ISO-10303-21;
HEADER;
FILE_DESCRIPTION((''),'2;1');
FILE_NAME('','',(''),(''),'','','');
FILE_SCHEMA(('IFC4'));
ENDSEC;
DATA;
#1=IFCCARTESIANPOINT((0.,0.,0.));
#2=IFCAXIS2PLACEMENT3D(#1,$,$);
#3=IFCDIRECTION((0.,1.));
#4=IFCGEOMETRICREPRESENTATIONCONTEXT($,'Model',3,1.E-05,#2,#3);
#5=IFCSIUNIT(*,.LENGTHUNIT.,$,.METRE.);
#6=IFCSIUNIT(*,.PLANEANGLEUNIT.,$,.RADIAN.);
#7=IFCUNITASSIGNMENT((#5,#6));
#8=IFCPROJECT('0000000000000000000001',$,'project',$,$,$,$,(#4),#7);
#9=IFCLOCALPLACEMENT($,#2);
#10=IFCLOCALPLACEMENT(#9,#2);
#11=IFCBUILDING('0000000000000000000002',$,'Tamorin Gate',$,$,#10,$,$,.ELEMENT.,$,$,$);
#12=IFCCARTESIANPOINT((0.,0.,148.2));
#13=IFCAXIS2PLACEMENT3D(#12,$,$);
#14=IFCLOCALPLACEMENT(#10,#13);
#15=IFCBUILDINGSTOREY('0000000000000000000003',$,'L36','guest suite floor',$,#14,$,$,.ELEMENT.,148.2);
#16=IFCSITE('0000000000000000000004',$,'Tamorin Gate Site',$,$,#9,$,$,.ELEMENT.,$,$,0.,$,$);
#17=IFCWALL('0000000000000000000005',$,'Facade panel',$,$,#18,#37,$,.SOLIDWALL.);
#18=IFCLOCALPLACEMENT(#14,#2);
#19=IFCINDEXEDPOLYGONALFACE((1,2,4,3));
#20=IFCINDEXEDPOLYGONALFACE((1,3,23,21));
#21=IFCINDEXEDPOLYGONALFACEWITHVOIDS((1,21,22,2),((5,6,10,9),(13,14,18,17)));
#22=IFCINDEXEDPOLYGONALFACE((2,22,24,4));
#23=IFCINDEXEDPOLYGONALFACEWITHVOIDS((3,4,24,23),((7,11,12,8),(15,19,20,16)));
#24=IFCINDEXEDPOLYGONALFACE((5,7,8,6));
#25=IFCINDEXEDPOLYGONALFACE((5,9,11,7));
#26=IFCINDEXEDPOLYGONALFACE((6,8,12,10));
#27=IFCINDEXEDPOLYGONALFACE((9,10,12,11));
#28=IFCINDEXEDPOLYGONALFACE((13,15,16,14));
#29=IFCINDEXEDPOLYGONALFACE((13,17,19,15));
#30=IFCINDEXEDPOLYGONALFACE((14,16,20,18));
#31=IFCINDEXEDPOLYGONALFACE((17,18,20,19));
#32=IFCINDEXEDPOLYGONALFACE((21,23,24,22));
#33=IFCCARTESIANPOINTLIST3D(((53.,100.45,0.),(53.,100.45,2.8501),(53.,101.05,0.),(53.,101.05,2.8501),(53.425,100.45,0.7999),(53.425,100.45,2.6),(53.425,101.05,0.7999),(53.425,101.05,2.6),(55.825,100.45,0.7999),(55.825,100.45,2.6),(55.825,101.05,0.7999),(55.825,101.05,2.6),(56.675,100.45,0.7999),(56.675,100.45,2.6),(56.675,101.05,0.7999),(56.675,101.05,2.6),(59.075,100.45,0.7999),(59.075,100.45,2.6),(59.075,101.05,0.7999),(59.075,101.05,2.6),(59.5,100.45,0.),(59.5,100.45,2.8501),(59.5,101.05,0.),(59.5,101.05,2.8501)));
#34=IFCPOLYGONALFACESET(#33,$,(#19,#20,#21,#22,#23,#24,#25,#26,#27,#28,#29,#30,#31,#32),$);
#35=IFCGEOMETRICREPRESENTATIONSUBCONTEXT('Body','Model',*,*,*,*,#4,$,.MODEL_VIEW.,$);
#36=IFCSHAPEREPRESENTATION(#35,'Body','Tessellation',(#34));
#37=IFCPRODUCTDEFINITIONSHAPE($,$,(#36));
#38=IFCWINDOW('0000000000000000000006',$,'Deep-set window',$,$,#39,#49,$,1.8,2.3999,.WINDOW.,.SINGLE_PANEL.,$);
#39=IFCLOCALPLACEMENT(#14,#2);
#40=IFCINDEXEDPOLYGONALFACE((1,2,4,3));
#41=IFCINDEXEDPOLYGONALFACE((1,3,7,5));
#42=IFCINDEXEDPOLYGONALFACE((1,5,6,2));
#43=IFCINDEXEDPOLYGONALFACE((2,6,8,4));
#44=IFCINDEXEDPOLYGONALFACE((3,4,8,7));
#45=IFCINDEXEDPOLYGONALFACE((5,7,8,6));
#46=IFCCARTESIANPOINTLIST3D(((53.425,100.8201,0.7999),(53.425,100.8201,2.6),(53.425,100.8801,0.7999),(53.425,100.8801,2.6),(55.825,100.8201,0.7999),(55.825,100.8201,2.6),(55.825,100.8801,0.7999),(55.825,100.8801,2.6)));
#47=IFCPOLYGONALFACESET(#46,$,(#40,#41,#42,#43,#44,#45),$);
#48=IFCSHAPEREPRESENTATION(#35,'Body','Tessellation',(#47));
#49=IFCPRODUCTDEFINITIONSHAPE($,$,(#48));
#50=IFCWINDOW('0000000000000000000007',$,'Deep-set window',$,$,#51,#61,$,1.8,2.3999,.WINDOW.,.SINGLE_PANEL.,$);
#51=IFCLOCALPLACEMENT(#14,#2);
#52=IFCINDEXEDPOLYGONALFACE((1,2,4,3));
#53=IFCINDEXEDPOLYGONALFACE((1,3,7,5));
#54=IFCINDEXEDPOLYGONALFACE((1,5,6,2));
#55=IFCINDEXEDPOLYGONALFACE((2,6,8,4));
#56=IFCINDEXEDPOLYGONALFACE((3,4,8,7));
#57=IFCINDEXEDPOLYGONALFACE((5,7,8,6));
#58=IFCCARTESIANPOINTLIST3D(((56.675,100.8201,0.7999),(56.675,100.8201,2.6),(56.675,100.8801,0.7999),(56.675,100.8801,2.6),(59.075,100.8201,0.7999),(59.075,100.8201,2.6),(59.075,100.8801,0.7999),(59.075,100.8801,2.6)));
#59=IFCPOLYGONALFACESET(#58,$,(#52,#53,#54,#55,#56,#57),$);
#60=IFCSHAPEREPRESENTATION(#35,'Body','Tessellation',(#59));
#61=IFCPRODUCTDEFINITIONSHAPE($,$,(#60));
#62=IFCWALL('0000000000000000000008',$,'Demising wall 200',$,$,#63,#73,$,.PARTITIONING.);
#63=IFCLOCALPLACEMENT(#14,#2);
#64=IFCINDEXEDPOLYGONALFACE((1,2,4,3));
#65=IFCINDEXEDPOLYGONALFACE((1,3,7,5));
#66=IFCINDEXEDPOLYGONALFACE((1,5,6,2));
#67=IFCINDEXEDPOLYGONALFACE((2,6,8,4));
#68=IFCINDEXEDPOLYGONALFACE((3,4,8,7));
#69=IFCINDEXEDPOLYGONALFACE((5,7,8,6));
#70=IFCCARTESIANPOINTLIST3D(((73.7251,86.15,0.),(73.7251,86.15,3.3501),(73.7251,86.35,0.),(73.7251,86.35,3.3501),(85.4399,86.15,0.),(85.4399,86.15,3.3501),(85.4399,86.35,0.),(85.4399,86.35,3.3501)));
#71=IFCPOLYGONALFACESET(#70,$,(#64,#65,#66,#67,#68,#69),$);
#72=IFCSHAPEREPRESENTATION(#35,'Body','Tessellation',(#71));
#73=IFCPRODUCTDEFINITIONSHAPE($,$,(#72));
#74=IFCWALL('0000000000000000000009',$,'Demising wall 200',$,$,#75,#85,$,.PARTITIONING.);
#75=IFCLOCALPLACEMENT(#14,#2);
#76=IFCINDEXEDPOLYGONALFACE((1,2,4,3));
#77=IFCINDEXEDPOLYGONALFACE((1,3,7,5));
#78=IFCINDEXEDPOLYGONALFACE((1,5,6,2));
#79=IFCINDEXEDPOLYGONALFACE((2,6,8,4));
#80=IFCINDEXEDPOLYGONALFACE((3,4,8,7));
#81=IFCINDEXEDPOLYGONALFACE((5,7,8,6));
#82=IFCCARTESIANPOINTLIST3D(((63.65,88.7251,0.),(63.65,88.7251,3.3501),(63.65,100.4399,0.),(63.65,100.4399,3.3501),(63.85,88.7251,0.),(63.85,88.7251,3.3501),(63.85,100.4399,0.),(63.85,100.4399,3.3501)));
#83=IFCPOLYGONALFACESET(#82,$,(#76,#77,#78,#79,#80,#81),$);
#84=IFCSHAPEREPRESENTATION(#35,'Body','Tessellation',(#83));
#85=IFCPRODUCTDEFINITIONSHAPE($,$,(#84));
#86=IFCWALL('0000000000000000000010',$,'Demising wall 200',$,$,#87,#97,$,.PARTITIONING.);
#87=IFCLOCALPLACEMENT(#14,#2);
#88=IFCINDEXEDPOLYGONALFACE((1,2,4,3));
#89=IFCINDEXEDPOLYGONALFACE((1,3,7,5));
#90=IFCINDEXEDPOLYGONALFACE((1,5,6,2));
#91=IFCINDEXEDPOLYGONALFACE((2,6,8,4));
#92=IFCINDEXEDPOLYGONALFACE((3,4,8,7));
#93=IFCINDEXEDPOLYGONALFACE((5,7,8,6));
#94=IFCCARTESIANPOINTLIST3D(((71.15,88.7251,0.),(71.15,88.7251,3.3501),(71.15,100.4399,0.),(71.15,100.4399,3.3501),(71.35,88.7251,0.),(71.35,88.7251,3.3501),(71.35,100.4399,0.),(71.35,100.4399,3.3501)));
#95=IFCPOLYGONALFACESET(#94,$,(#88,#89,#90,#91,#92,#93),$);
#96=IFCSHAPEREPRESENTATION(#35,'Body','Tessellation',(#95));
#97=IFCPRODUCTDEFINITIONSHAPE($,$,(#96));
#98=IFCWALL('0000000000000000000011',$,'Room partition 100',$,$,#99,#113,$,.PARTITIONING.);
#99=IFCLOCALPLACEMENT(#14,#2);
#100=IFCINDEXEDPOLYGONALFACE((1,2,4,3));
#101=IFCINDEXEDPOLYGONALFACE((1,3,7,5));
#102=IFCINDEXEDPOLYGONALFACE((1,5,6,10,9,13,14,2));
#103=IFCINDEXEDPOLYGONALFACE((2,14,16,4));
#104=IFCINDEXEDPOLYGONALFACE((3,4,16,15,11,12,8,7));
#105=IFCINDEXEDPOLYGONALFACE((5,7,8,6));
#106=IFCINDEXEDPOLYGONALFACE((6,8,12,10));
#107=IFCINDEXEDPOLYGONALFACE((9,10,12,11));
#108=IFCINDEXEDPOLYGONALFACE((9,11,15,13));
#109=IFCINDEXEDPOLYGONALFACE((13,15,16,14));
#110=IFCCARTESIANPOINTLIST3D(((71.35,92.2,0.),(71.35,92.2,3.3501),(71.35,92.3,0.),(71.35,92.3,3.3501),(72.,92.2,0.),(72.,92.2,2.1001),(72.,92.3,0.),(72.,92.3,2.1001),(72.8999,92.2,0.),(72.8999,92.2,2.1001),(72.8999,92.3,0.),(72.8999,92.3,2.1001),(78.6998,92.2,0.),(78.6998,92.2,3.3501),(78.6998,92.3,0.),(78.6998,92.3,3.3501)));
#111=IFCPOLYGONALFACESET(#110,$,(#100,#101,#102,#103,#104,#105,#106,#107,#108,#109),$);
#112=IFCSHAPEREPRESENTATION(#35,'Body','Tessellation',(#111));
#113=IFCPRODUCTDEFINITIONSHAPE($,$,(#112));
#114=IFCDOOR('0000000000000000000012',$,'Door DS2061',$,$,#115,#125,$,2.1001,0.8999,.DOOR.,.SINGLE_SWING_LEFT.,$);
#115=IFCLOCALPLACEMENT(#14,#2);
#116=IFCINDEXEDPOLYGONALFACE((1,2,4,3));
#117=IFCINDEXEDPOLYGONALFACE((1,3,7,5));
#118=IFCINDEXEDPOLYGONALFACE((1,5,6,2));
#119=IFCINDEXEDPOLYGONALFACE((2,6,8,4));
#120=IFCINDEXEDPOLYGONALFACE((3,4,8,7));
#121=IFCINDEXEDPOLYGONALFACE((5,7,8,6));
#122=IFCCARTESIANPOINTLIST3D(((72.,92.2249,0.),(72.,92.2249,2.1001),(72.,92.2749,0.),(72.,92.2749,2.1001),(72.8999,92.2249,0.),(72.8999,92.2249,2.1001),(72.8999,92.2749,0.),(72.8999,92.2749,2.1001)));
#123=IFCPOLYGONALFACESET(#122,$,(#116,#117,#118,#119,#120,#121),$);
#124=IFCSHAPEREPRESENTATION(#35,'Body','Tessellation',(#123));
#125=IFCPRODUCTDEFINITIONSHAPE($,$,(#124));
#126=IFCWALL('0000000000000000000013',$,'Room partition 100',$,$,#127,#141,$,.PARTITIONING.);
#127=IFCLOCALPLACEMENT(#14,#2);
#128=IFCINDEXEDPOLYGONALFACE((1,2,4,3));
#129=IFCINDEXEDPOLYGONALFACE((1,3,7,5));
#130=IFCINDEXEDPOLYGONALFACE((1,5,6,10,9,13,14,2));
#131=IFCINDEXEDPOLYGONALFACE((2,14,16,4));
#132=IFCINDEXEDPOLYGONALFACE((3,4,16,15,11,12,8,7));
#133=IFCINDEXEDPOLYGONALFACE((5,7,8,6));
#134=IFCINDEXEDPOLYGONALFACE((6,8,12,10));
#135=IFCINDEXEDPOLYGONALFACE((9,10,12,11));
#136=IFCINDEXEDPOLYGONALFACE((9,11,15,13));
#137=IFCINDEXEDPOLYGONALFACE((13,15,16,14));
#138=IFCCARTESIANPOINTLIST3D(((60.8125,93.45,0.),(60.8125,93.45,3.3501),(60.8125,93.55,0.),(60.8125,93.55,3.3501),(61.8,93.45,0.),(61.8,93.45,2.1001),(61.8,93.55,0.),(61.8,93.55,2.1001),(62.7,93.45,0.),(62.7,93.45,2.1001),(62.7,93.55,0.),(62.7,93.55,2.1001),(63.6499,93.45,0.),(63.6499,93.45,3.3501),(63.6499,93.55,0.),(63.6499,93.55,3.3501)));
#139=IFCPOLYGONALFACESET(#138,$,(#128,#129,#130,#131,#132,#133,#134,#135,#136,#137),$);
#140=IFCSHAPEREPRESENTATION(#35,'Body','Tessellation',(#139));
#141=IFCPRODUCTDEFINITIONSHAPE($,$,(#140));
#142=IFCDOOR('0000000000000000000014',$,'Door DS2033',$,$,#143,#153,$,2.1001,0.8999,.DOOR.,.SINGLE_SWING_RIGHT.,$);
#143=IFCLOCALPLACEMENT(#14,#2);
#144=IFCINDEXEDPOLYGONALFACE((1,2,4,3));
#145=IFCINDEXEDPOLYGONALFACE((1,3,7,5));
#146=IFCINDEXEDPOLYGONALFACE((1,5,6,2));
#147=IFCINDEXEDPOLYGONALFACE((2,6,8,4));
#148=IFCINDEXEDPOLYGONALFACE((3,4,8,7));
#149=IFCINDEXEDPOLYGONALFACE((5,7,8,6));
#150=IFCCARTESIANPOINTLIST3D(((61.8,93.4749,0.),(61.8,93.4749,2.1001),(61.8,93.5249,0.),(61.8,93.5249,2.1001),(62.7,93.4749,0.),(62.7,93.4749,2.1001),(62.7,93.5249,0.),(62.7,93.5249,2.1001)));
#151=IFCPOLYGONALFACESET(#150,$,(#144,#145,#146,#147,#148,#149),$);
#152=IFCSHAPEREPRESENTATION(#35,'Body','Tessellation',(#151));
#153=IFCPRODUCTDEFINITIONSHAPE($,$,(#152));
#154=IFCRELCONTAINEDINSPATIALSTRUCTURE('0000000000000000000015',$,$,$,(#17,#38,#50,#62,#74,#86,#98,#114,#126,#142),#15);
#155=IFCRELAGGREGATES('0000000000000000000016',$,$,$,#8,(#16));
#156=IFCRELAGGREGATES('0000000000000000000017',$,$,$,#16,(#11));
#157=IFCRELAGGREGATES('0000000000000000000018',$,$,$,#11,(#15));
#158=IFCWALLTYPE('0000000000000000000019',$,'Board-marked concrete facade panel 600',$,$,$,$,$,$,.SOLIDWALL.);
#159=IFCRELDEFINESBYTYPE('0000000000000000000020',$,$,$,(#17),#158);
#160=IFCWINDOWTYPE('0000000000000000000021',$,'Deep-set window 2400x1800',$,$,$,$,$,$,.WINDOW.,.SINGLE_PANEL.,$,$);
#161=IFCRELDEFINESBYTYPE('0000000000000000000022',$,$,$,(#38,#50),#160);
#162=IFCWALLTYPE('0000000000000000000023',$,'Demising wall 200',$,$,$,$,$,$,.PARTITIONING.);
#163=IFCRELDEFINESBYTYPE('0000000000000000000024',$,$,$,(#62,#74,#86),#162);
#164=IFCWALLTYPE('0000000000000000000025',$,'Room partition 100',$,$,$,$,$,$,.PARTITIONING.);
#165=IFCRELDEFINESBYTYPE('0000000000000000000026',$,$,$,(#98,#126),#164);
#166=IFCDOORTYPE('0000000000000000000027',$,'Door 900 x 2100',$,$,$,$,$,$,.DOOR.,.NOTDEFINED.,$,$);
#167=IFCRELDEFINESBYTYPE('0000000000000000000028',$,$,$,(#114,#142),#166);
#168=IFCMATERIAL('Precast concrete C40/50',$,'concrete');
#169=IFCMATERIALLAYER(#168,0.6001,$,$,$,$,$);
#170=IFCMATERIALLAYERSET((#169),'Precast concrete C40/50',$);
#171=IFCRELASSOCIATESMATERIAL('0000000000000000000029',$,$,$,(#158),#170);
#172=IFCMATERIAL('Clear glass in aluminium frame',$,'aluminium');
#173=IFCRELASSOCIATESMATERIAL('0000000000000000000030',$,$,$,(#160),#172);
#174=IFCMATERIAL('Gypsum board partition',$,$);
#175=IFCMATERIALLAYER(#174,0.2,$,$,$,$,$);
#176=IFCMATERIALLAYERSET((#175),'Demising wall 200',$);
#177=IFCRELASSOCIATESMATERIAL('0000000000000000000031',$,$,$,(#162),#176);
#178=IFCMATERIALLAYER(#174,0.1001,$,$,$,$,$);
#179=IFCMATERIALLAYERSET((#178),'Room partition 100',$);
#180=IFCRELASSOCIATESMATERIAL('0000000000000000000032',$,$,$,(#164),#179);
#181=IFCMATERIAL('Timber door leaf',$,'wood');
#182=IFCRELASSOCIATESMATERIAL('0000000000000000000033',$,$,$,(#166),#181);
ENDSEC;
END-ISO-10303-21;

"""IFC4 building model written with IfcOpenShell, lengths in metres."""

from ifc_helpers import new_model, si_unit, direction, frame, frame_2d, origin, place, context, subcontext, project, spatial, rectangle, extrude, material, layer, layer_set, type_object, element, fill, save


model = new_model("IFC4")

# Units and contexts
model_context = context("Model", 3, precision=1e-05, world=origin(), true_north=direction((0.0, 1.0)))
body_context = subcontext(model_context, "Body", "Model", "MODEL_VIEW")
ifc_project = project(units=[si_unit("LENGTHUNIT", "METRE"), si_unit("PLANEANGLEUNIT", "RADIAN")], contexts=[model_context])

# Site, building, storey
site_placement = place(None, origin())
site = spatial("IfcSite", under=ifc_project, at=site_placement, Name="Tamorin Gate Site", CompositionType="ELEMENT", RefElevation=0.0)
building_placement = place(site_placement, origin())
building = spatial("IfcBuilding", under=site, at=building_placement, Name="Tamorin Gate", CompositionType="ELEMENT")
storey_placement = place(building_placement, frame((0.0, 0.0, 148.2)))
storey = spatial("IfcBuildingStorey", under=building, at=storey_placement, Name="L36", Description="guest suite floor", CompositionType="ELEMENT", Elevation=148.2)

# Wall, openings, windows
ifc_material_1 = material(Name="Precast concrete C40/50", Category="concrete")
ifc_layer_1 = layer(ifc_material_1, 0.6001)
ifc_layer_set_1 = layer_set([ifc_layer_1], Name="Precast concrete C40/50")
wall_type_1 = type_object("IfcWallType", Name="Board-marked concrete facade panel 600", PredefinedType="SOLIDWALL", material=ifc_layer_set_1)
ifc_material_2 = material(Name="Clear glass in aluminium frame", Category="aluminium")
window_type = type_object("IfcWindowType", Name="Deep-set window 2400x1800", PartitioningType="SINGLE_PANEL", PredefinedType="WINDOW", material=ifc_material_2)
wall_1_placement = place(storey_placement, frame((59.5, 100.75, 0.0), z_axis=(0.0, 0.0, 1.0), x_axis=(-1.0, 0.0, 0.0)))
wall_1 = element("IfcWall", 1, at=wall_1_placement, inside=storey, type_object=wall_type_1, Name="Facade panel", PredefinedType="SOLIDWALL", context=body_context, shape_type="SweptSolid", body=[
    extrude(rectangle(XDim=6.5, YDim=0.6001, at=frame_2d((3.25, 0.0))), origin(), (0.0, 0.0, 1.0), 2.8501),
])
opening_1_placement = place(wall_1_placement, frame((3.675, 0.0, 0.8)))
opening_1 = element("IfcOpeningElement", 2, at=opening_1_placement, cuts=wall_1, PredefinedType="OPENING", context=body_context, shape_type="SweptSolid", body=[
    extrude(rectangle(XDim=2.3999, YDim=1.8, at=frame_2d((1.2, 0.8999))), frame((0.0, 0.3101, 0.0), z_axis=(0.0, -1.0, 0.0), x_axis=(1.0, 0.0, 0.0)), (0.0, 0.0, 1.0), 0.6201),
])
opening_2_placement = place(wall_1_placement, frame((0.425, 0.0, 0.8)))
opening_2 = element("IfcOpeningElement", 3, at=opening_2_placement, cuts=wall_1, PredefinedType="OPENING", context=body_context, shape_type="SweptSolid", body=[
    extrude(rectangle(XDim=2.3999, YDim=1.8, at=frame_2d((1.2, 0.8999))), frame((0.0, 0.3101, 0.0), z_axis=(0.0, -1.0, 0.0), x_axis=(1.0, 0.0, 0.0)), (0.0, 0.0, 1.0), 0.6201),
])
window_1_placement = place(opening_1_placement, origin())
window_1 = element("IfcWindow", 4, at=window_1_placement, inside=storey, type_object=window_type, Name="Deep-set window", OverallHeight=1.8, OverallWidth=2.3999, PartitioningType="SINGLE_PANEL", PredefinedType="WINDOW", context=body_context, shape_type="SweptSolid", body=[
    extrude(rectangle(XDim=2.3999, YDim=1.8, at=frame_2d((1.2, 0.8999))), frame((0.0, -0.0701, 0.0), z_axis=(0.0, -1.0, 0.0), x_axis=(1.0, 0.0, 0.0)), (0.0, 0.0, 1.0), 0.0601),
])
fill(opening_1, window_1)
window_2_placement = place(opening_2_placement, origin())
window_2 = element("IfcWindow", 5, at=window_2_placement, inside=storey, type_object=window_type, Name="Deep-set window", OverallHeight=1.8, OverallWidth=2.3999, PartitioningType="SINGLE_PANEL", PredefinedType="WINDOW", context=body_context, shape_type="SweptSolid", body=[
    extrude(rectangle(XDim=2.3999, YDim=1.8, at=frame_2d((1.2, 0.8999))), frame((0.0, -0.0701, 0.0), z_axis=(0.0, -1.0, 0.0), x_axis=(1.0, 0.0, 0.0)), (0.0, 0.0, 1.0), 0.0601),
])
fill(opening_2, window_2)

# Walls
ifc_material_3 = material(Name="Gypsum board partition")
ifc_layer_2 = layer(ifc_material_3, 0.2)
ifc_layer_set_2 = layer_set([ifc_layer_2], Name="Demising wall 200")
wall_type_2 = type_object("IfcWallType", Name="Demising wall 200", PredefinedType="PARTITIONING", material=ifc_layer_set_2)
for number, where, z_axis, x_axis, name in (
    (6, (73.7251, 86.25, 0.0), (0.0, 0.0, 1.0), (1.0, 0.0, 0.0), "Demising wall 200"),
    (7, (63.75, 88.7251, 0.0), (0.0, 0.0, 1.0), (0.0, 1.0, 0.0), "Demising wall 200"),
    (8, (71.25, 88.7251, 0.0), (0.0, 0.0, 1.0), (0.0, 1.0, 0.0), "Demising wall 200"),
):
    element("IfcWall", number, at=place(storey_placement, frame(where, z_axis=z_axis, x_axis=x_axis)), inside=storey, type_object=wall_type_2, Name=name, PredefinedType="PARTITIONING", context=body_context, shape_type="SweptSolid", body=[
        extrude(rectangle(XDim=11.7148, YDim=0.2, at=frame_2d((5.8574, 0.0))), origin(), (0.0, 0.0, 1.0), 3.3501),
    ])

# Walls, openings, doors
ifc_layer_3 = layer(ifc_material_3, 0.1001)
ifc_layer_set_3 = layer_set([ifc_layer_3], Name="Room partition 100")
wall_type_3 = type_object("IfcWallType", Name="Room partition 100", PredefinedType="PARTITIONING", material=ifc_layer_set_3)
wall_2_placement = place(storey_placement, frame((71.3501, 92.25, 0.0), z_axis=(0.0, 0.0, 1.0), x_axis=(1.0, 0.0, 0.0)))
wall_2 = element("IfcWall", 9, at=wall_2_placement, inside=storey, type_object=wall_type_3, Name="Room partition 100", PredefinedType="PARTITIONING", context=body_context, shape_type="SweptSolid", body=[
    extrude(rectangle(XDim=7.3499, YDim=0.1001, at=frame_2d((3.6748, 0.0))), origin(), (0.0, 0.0, 1.0), 3.3501),
])
opening_3_placement = place(wall_2_placement, frame((0.6499, 0.0, 0.0)))
opening_3 = element("IfcOpeningElement", 10, at=opening_3_placement, cuts=wall_2, PredefinedType="OPENING", context=body_context, shape_type="SweptSolid", body=[
    extrude(rectangle(XDim=0.8999, YDim=2.1001, at=frame_2d((0.45, 1.05))), frame((0.0, 0.0601, 0.0), z_axis=(0.0, -1.0, 0.0), x_axis=(1.0, 0.0, 0.0)), (0.0, 0.0, 1.0), 0.1201),
])
ifc_material_4 = material(Name="Timber door leaf", Category="wood")
door_type = type_object("IfcDoorType", Name="Door 900 x 2100", OperationType="NOTDEFINED", PredefinedType="DOOR", material=ifc_material_4)
door_1_placement = place(opening_3_placement, origin())
door_1 = element("IfcDoor", 11, at=door_1_placement, inside=storey, type_object=door_type, Name="Door DS2061", OperationType="SINGLE_SWING_LEFT", OverallHeight=2.1001, OverallWidth=0.8999, PredefinedType="DOOR", context=body_context, shape_type="SweptSolid", body=[
    extrude(rectangle(XDim=0.8999, YDim=2.1001, at=frame_2d((0.45, 1.05))), frame((0.0, 0.0249, 0.0), z_axis=(0.0, -1.0, 0.0), x_axis=(1.0, 0.0, 0.0)), (0.0, 0.0, 1.0), 0.05),
])
fill(opening_3, door_1)
wall_3_placement = place(storey_placement, frame((60.8125, 93.5, 0.0), z_axis=(0.0, 0.0, 1.0), x_axis=(1.0, 0.0, 0.0)))
wall_3 = element("IfcWall", 12, at=wall_3_placement, inside=storey, type_object=wall_type_3, Name="Room partition 100", PredefinedType="PARTITIONING", context=body_context, shape_type="SweptSolid", body=[
    extrude(rectangle(XDim=2.8374, YDim=0.1001, at=frame_2d((1.4187, 0.0))), origin(), (0.0, 0.0, 1.0), 3.3501),
])
opening_4_placement = place(wall_3_placement, frame((0.9875, 0.0, 0.0)))
opening_4 = element("IfcOpeningElement", 13, at=opening_4_placement, cuts=wall_3, PredefinedType="OPENING", context=body_context, shape_type="SweptSolid", body=[
    extrude(rectangle(XDim=0.8999, YDim=2.1001, at=frame_2d((0.45, 1.05))), frame((0.0, 0.0601, 0.0), z_axis=(0.0, -1.0, 0.0), x_axis=(1.0, 0.0, 0.0)), (0.0, 0.0, 1.0), 0.1201),
])
door_2_placement = place(opening_4_placement, origin())
door_2 = element("IfcDoor", 14, at=door_2_placement, inside=storey, type_object=door_type, Name="Door DS2033", OperationType="SINGLE_SWING_RIGHT", OverallHeight=2.1001, OverallWidth=0.8999, PredefinedType="DOOR", context=body_context, shape_type="SweptSolid", body=[
    extrude(rectangle(XDim=0.8999, YDim=2.1001, at=frame_2d((0.45, 1.05))), frame((0.0, 0.0249, 0.0), z_axis=(0.0, -1.0, 0.0), x_axis=(1.0, 0.0, 0.0)), (0.0, 0.0, 1.0), 0.05),
])
fill(opening_4, door_2)

save(model, "model.ifc")
